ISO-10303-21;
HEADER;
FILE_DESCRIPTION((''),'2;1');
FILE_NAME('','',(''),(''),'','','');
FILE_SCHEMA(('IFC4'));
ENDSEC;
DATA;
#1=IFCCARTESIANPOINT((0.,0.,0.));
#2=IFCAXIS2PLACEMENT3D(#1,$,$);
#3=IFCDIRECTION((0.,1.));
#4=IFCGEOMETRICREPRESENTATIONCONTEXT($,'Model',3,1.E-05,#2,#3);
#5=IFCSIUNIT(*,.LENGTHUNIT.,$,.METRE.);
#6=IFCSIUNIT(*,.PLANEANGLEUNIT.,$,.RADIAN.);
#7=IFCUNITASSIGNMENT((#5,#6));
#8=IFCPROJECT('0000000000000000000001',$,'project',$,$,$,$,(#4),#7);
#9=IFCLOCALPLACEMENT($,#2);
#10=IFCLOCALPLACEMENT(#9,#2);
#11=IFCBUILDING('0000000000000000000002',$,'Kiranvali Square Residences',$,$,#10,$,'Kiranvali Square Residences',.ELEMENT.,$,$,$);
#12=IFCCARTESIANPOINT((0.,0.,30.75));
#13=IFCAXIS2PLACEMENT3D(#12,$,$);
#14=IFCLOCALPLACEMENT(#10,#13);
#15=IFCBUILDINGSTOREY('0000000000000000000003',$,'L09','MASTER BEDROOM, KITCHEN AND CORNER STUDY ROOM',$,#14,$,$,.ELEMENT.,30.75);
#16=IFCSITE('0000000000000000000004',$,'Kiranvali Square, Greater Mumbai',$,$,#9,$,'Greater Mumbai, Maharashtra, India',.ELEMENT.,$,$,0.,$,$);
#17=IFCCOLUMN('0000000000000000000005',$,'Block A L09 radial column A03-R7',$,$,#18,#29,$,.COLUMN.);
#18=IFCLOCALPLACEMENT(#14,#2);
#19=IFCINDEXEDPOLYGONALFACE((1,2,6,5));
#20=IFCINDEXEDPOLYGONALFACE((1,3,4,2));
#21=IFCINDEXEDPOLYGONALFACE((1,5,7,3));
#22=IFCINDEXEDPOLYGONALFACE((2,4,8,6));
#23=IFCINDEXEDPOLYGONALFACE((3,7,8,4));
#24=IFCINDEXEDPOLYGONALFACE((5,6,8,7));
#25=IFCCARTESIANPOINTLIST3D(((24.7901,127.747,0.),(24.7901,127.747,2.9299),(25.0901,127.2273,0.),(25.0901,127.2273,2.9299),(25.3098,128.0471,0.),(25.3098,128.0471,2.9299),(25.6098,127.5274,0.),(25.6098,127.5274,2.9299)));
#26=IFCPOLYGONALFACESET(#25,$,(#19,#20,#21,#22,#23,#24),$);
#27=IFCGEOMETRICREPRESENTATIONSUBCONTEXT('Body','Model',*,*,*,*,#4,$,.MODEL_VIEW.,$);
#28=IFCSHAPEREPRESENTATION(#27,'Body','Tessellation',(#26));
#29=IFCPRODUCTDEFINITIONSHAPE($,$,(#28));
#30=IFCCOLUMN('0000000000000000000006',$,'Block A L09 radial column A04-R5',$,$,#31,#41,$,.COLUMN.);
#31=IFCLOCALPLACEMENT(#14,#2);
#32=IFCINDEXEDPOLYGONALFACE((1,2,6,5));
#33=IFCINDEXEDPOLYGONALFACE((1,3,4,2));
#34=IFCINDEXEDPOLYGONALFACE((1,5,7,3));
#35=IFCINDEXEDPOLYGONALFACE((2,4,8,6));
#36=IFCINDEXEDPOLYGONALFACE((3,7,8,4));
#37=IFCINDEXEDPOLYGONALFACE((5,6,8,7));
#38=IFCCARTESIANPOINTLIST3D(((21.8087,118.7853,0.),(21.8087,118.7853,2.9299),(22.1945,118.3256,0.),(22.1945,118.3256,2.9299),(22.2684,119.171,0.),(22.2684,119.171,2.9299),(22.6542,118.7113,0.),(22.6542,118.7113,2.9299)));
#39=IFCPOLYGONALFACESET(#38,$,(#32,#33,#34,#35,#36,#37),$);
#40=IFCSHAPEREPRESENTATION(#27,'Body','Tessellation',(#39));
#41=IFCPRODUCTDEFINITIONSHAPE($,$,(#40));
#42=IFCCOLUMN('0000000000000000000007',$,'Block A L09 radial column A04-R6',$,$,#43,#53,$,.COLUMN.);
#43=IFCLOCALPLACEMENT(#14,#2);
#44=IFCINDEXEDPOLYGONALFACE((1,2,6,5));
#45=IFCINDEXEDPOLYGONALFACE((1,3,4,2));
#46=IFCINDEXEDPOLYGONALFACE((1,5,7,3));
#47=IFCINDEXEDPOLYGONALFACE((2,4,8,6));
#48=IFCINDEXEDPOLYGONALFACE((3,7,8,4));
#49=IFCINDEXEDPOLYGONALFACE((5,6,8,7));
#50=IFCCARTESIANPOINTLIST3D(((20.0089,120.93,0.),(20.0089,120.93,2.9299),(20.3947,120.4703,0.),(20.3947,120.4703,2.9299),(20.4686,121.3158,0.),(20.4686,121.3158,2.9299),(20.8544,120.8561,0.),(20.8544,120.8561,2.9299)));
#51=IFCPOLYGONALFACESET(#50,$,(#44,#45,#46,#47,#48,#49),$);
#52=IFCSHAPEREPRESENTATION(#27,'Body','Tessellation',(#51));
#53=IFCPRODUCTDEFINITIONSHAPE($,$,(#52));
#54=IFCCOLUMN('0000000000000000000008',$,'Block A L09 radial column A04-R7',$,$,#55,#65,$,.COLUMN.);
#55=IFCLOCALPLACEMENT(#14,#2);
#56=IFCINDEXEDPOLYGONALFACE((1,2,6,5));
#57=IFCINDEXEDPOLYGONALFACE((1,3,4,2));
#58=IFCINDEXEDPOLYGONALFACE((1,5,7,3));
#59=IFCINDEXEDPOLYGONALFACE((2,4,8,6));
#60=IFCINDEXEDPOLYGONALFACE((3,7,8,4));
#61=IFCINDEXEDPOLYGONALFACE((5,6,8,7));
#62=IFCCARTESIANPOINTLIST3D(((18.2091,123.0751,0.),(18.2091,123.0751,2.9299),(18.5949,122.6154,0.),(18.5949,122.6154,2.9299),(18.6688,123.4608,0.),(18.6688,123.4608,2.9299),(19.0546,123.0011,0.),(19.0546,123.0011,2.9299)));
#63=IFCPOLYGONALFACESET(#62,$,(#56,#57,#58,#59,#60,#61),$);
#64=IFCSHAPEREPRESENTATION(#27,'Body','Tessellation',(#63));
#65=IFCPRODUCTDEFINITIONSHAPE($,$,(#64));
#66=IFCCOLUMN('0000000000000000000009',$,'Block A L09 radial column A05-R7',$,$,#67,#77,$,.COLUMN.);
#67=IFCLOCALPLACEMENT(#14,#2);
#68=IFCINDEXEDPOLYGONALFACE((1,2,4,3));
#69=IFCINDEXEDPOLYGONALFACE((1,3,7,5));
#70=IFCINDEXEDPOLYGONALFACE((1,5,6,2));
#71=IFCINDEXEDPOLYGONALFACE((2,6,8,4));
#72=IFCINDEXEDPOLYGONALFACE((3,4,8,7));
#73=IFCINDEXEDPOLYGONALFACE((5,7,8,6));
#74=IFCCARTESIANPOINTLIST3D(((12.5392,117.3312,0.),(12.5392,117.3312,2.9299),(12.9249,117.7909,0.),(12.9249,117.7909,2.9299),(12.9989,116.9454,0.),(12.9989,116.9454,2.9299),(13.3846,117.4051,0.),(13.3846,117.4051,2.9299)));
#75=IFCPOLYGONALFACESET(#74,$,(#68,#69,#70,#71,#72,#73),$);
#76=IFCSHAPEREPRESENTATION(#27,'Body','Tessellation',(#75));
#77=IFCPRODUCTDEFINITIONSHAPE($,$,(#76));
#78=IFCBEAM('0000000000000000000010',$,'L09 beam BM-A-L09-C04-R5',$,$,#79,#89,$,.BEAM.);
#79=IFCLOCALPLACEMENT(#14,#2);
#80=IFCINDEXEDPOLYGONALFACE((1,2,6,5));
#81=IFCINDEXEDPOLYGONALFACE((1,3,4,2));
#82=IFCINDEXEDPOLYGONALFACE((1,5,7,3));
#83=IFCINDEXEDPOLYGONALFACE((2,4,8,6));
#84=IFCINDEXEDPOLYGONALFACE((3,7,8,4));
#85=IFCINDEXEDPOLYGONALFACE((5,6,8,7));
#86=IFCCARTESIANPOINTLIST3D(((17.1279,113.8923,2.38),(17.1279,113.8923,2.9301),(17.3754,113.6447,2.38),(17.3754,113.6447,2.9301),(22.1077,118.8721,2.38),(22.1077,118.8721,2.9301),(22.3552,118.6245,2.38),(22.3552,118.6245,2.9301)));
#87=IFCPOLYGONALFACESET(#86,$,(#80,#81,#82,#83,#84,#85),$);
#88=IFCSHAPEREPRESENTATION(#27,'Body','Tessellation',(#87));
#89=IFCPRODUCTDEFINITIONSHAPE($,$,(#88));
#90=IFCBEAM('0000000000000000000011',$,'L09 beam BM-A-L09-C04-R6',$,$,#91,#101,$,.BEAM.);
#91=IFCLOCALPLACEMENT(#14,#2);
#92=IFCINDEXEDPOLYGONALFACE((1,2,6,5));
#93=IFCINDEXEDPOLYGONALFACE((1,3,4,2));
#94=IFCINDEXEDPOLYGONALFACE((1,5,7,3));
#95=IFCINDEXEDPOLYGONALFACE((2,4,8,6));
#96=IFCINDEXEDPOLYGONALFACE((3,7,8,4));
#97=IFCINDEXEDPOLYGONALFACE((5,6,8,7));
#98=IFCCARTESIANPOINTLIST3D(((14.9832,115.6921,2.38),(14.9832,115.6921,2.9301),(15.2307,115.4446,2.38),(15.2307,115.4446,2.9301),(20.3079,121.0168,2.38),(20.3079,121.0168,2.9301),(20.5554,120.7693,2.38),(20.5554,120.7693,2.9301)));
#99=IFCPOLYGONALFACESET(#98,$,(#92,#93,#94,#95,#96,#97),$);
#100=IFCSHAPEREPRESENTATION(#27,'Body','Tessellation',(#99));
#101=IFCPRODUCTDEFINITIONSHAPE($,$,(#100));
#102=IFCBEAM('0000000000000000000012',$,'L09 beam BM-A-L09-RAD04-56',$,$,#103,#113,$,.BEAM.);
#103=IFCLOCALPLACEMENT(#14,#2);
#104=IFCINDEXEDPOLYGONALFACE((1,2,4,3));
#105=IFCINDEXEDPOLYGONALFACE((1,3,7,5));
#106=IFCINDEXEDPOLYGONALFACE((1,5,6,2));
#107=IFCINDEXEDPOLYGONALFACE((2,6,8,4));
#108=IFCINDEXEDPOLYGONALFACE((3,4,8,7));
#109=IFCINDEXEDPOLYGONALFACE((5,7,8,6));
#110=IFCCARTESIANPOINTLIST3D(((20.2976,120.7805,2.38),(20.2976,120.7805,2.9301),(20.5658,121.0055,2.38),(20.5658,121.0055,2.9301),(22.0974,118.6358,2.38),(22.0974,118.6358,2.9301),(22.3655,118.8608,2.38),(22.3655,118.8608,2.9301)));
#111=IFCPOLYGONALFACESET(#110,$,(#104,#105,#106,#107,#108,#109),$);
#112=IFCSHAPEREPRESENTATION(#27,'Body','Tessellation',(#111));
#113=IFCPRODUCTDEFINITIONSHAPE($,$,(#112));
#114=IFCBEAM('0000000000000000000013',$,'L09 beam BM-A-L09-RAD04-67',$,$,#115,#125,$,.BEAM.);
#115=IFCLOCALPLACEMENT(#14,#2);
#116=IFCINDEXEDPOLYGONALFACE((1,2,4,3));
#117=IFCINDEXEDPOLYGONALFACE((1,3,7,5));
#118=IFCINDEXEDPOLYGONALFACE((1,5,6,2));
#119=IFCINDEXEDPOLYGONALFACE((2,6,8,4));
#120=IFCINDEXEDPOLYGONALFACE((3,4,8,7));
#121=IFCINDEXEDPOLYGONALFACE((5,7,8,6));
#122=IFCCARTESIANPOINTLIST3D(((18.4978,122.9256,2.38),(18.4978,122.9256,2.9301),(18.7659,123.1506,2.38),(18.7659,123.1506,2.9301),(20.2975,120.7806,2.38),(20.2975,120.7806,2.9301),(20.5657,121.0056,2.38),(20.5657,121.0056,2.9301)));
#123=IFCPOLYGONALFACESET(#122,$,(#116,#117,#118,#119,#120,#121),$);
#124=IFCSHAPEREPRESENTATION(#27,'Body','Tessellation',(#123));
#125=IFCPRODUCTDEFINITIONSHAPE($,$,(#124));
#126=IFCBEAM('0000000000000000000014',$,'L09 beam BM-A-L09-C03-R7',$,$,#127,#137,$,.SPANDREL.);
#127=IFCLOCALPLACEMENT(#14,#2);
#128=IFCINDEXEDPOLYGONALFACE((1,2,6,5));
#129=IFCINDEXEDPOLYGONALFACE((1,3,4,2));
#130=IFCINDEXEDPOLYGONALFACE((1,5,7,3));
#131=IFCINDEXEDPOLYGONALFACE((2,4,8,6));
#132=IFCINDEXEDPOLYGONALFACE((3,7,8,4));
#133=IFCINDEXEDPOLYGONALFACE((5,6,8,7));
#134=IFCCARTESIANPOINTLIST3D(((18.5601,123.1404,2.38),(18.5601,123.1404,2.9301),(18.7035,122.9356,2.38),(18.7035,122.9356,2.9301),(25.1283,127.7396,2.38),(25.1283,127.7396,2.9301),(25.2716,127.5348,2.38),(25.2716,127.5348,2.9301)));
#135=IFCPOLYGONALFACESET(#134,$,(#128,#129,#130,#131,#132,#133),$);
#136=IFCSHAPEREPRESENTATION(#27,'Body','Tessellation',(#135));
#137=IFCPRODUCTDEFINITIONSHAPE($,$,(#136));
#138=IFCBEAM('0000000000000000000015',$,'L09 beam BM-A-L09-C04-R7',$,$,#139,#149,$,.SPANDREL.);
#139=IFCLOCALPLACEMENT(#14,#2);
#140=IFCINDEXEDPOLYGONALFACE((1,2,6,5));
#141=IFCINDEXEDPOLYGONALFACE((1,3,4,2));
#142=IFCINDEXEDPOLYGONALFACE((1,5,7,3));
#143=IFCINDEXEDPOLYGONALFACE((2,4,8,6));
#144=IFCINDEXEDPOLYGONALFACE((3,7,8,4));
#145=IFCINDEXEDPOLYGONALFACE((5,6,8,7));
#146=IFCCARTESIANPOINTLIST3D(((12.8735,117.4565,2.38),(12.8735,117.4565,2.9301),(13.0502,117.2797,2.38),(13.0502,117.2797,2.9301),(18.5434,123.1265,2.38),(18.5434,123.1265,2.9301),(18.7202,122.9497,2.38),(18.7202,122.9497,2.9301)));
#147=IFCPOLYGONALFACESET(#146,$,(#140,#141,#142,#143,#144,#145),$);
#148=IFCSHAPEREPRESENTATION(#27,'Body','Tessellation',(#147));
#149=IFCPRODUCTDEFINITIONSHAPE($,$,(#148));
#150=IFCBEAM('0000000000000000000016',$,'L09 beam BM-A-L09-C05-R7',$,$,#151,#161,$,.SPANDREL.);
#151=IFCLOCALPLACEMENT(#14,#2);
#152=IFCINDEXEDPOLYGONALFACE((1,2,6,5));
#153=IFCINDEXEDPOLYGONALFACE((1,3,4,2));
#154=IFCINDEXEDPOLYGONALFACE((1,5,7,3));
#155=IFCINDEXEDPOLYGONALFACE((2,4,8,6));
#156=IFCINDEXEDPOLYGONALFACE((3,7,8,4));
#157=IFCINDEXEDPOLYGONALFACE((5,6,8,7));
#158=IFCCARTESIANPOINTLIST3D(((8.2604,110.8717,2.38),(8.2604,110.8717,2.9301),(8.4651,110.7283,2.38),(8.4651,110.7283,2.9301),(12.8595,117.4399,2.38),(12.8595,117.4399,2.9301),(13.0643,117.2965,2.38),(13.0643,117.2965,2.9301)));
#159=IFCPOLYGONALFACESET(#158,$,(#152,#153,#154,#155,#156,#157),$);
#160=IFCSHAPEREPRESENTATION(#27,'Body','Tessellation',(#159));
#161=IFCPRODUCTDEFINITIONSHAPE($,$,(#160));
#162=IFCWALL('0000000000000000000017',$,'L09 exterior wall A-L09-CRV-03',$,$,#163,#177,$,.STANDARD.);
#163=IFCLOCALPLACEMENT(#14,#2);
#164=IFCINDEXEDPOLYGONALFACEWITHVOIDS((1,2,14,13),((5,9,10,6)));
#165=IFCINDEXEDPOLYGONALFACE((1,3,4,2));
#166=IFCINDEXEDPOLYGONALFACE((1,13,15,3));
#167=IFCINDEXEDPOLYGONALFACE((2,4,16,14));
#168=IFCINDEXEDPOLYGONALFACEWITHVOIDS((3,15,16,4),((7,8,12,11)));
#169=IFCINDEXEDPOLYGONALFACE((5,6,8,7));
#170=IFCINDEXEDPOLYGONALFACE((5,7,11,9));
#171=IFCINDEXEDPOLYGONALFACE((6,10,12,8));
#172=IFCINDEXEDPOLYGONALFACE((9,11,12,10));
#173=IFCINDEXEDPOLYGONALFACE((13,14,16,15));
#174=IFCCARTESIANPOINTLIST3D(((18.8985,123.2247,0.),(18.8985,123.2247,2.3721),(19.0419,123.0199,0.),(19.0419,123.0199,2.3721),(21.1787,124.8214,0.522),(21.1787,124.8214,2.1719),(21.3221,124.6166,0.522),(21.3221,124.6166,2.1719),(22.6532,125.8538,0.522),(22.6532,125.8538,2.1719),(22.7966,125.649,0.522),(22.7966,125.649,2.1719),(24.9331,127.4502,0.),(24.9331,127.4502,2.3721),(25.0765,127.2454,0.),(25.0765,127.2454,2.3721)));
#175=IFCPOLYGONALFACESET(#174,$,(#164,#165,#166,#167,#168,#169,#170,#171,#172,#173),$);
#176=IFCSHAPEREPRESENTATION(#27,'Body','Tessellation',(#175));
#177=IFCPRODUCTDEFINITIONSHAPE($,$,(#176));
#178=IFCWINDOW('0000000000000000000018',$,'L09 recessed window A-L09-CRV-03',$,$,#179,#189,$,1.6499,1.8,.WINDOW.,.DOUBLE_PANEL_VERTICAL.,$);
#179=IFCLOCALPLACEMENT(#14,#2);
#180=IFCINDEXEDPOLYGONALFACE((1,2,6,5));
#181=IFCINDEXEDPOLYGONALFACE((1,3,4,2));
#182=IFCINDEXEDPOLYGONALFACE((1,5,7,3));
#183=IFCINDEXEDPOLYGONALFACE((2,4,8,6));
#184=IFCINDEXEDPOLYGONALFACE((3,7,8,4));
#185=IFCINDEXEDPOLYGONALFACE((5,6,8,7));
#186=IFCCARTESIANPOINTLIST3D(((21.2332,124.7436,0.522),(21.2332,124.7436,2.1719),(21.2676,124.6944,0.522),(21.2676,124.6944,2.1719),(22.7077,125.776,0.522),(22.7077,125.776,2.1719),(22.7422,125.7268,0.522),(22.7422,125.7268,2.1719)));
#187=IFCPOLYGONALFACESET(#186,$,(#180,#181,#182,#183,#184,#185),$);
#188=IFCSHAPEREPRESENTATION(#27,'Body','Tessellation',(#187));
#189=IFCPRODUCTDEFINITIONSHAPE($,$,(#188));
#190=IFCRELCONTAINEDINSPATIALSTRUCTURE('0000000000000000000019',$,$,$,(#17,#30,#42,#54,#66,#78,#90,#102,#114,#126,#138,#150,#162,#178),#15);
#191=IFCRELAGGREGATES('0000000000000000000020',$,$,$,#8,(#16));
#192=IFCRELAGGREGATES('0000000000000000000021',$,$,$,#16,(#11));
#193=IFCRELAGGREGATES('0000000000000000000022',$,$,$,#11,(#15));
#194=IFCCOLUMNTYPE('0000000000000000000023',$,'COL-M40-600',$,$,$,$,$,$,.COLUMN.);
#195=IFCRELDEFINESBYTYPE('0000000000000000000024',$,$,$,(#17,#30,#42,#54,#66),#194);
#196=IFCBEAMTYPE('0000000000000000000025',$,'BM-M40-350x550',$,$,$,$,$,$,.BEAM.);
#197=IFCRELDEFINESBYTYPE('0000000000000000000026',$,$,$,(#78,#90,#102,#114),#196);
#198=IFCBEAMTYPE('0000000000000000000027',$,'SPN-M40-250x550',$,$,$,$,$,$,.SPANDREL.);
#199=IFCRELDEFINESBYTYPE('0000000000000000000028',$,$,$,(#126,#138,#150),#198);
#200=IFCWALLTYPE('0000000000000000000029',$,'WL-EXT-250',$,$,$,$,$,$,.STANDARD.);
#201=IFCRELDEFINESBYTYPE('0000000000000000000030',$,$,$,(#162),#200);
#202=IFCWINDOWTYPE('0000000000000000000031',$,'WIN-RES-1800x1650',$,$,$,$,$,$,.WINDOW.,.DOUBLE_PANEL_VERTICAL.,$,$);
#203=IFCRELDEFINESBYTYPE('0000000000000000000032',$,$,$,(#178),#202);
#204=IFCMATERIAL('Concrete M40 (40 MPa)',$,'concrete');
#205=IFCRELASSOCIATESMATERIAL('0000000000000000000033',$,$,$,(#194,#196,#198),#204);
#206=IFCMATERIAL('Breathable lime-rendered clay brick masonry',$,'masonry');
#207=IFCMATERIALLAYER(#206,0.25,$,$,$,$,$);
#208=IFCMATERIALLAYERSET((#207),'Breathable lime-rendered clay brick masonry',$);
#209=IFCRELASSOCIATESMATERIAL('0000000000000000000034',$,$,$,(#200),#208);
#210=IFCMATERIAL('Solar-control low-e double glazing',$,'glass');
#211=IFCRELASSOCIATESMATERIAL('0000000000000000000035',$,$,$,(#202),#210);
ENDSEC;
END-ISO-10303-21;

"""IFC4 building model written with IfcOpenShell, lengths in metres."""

from ifc_helpers import new_model, si_unit, direction, frame, frame_2d, origin, origin_2d, place, context, subcontext, project, spatial, rectangle, extrude, material, layer, layer_set, material_profile, profile_set, type_object, element, fill, save


model = new_model("IFC4")

# Units and contexts
model_context = context("Model", 3, precision=1e-05, world=origin(), true_north=direction((0.0, 1.0)))
body_context = subcontext(model_context, "Body", "Model", "MODEL_VIEW")
ifc_project = project(units=[si_unit("LENGTHUNIT", "METRE"), si_unit("PLANEANGLEUNIT", "RADIAN")], contexts=[model_context])

# Site, building, storey
site_placement = place(None, origin())
site = spatial("IfcSite", under=ifc_project, at=site_placement, Name="Kiranvali Square, Greater Mumbai", LongName="Greater Mumbai, Maharashtra, India", CompositionType="ELEMENT", RefElevation=0.0)
building_placement = place(site_placement, origin())
building = spatial("IfcBuilding", under=site, at=building_placement, Name="Kiranvali Square Residences", LongName="Kiranvali Square Residences", CompositionType="ELEMENT")
storey_placement = place(building_placement, frame((0.0, 0.0, 30.75)))
storey = spatial("IfcBuildingStorey", under=building, at=storey_placement, Name="L09", Description="MASTER BEDROOM, KITCHEN AND CORNER STUDY ROOM", CompositionType="ELEMENT", Elevation=30.75)

# Columns
ifc_material_1 = material(Name="Concrete M40 (40 MPa)", Category="concrete")
ifc_material_profile_1 = material_profile(ifc_material_1, rectangle(XDim=0.6001, YDim=0.6001, at=origin_2d()), Name="RC 600x600")
ifc_profile_set_1 = profile_set([ifc_material_profile_1], Name="Concrete M40 (40 MPa)")
column_type = type_object("IfcColumnType", Name="COL-M40-600", PredefinedType="COLUMN", material=ifc_profile_set_1)
for number, where, z_axis, x_axis, name in (
    (1, (25.2, 127.6372, 0.0), (0.0, 0.0, 1.0), (0.866025, 0.5, 0.0), "Block A L09 radial column A03-R7"),
    (2, (22.2314, 118.7483, 0.0), (0.0, 0.0, 1.0), (0.766044, 0.642788, 0.0), "Block A L09 radial column A04-R5"),
    (3, (20.4316, 120.8931, 0.0), (0.0, 0.0, 1.0), (0.766044, 0.642788, 0.0), "Block A L09 radial column A04-R6"),
    (4, (18.6318, 123.0381, 0.0), (0.0, 0.0, 1.0), (0.766044, 0.642788, 0.0), "Block A L09 radial column A04-R7"),
    (5, (12.9619, 117.3682, 0.0), (0.0, 0.0, 1.0), (0.642788, 0.766044, 0.0), "Block A L09 radial column A05-R7"),
):
    element("IfcColumn", number, at=place(storey_placement, frame(where, z_axis=z_axis, x_axis=x_axis)), inside=storey, type_object=column_type, Name=name, PredefinedType="COLUMN", context=body_context, shape_type="SweptSolid", body=[
        extrude(rectangle(XDim=0.6001, YDim=0.6001, at=origin_2d()), origin(), (0.0, 0.0, 1.0), 2.9299),
    ])

# Beams
ifc_material_profile_2 = material_profile(ifc_material_1, rectangle(XDim=0.3501, YDim=0.55, at=origin_2d()), Name="RC 350x550")
ifc_profile_set_2 = profile_set([ifc_material_profile_2], Name="Concrete M40 (40 MPa)")
beam_type_1 = type_object("IfcBeamType", Name="BM-M40-350x550", PredefinedType="BEAM", material=ifc_profile_set_2)
beam_1_placement = place(storey_placement, frame((22.2314, 118.7483, 2.655), z_axis=(-0.707107, -0.707107, 0.0), x_axis=(0.707107, -0.707107, 0.0)))
element("IfcBeam", 6, at=beam_1_placement, inside=storey, type_object=beam_type_1, Name="L09 beam BM-A-L09-C04-R5", PredefinedType="BEAM", context=body_context, shape_type="SweptSolid", body=[
    extrude(rectangle(XDim=0.3501, YDim=0.55, at=origin_2d()), origin(), (0.0, 0.0, 1.0), 7.0425),
])
beam_2_placement = place(storey_placement, frame((20.4316, 120.8931, 2.655), z_axis=(-0.707107, -0.707107, 0.0), x_axis=(0.707107, -0.707107, 0.0)))
element("IfcBeam", 7, at=beam_2_placement, inside=storey, type_object=beam_type_1, Name="L09 beam BM-A-L09-C04-R6", PredefinedType="BEAM", context=body_context, shape_type="SweptSolid", body=[
    extrude(rectangle(XDim=0.3501, YDim=0.55, at=origin_2d()), origin(), (0.0, 0.0, 1.0), 7.5303),
])
beam_3_placement = place(storey_placement, frame((22.2314, 118.7483, 2.655), z_axis=(-0.642814, 0.766023, 0.0), x_axis=(-0.766023, -0.642814, 0.0)))
element("IfcBeam", 8, at=beam_3_placement, inside=storey, type_object=beam_type_1, Name="L09 beam BM-A-L09-RAD04-56", PredefinedType="BEAM", context=body_context, shape_type="SweptSolid", body=[
    extrude(rectangle(XDim=0.3501, YDim=0.55, at=origin_2d()), origin(), (0.0, 0.0, 1.0), 2.7998),
])
beam_4_placement = place(storey_placement, frame((20.4316, 120.8931, 2.655), z_axis=(-0.642771, 0.766059, 0.0), x_axis=(-0.766059, -0.642771, 0.0)))
element("IfcBeam", 9, at=beam_4_placement, inside=storey, type_object=beam_type_1, Name="L09 beam BM-A-L09-RAD04-67", PredefinedType="BEAM", context=body_context, shape_type="SweptSolid", body=[
    extrude(rectangle(XDim=0.3501, YDim=0.55, at=origin_2d()), origin(), (0.0, 0.0, 1.0), 2.8),
])
ifc_material_profile_3 = material_profile(ifc_material_1, rectangle(XDim=0.25, YDim=0.55, at=origin_2d()), Name="RC 250x550")
ifc_profile_set_3 = profile_set([ifc_material_profile_3], Name="Concrete M40 (40 MPa)")
beam_type_2 = type_object("IfcBeamType", Name="SPN-M40-250x550", PredefinedType="SPANDREL", material=ifc_profile_set_3)
beam_5_placement = place(storey_placement, frame((25.2, 127.6372, 2.655), z_axis=(-0.819148, -0.573583, 0.0), x_axis=(0.573583, -0.819148, 0.0)))
element("IfcBeam", 10, at=beam_5_placement, inside=storey, type_object=beam_type_2, Name="L09 beam BM-A-L09-C03-R7", PredefinedType="SPANDREL", context=body_context, shape_type="SweptSolid", body=[
    extrude(rectangle(XDim=0.25, YDim=0.55, at=origin_2d()), origin(), (0.0, 0.0, 1.0), 8.0183),
])
beam_6_placement = place(storey_placement, frame((18.6318, 123.0381, 2.655), z_axis=(-0.707107, -0.707107, 0.0), x_axis=(0.707107, -0.707107, 0.0)))
element("IfcBeam", 11, at=beam_6_placement, inside=storey, type_object=beam_type_2, Name="L09 beam BM-A-L09-C04-R7", PredefinedType="SPANDREL", context=body_context, shape_type="SweptSolid", body=[
    extrude(rectangle(XDim=0.25, YDim=0.55, at=origin_2d()), origin(), (0.0, 0.0, 1.0), 8.0186),
])
beam_7_placement = place(storey_placement, frame((12.9619, 117.3682, 2.655), z_axis=(-0.573583, -0.819148, 0.0), x_axis=(0.819148, -0.573583, 0.0)))
element("IfcBeam", 12, at=beam_7_placement, inside=storey, type_object=beam_type_2, Name="L09 beam BM-A-L09-C05-R7", PredefinedType="SPANDREL", context=body_context, shape_type="SweptSolid", body=[
    extrude(rectangle(XDim=0.25, YDim=0.55, at=origin_2d()), origin(), (0.0, 0.0, 1.0), 8.0183),
])

# Wall, opening, window
ifc_material_2 = material(Name="Breathable lime-rendered clay brick masonry", Category="masonry")
ifc_layer_1 = layer(ifc_material_2, 0.25)
ifc_layer_set_1 = layer_set([ifc_layer_1], Name="Breathable lime-rendered clay brick masonry")
wall_type_1 = type_object("IfcWallType", Name="WL-EXT-250", PredefinedType="STANDARD", material=ifc_layer_set_1)
wall_1_placement = place(storey_placement, frame((25.0049, 127.3479, 0.0), z_axis=(0.0, 0.0, 1.0), x_axis=(-0.819148, -0.573582, 0.0)))
wall_1 = element("IfcWall", 13, at=wall_1_placement, inside=storey, type_object=wall_type_1, Name="L09 exterior wall A-L09-CRV-03", PredefinedType="STANDARD", context=body_context, shape_type="SweptSolid", body=[
    extrude(rectangle(XDim=7.3669, YDim=0.25, at=frame_2d((3.6836, 0.0))), origin(), (0.0, 0.0, 1.0), 2.3721),
])
opening_1_placement = place(wall_1_placement, frame((2.7834, 0.0, 0.522)))
opening_1 = element("IfcOpeningElement", 14, at=opening_1_placement, cuts=wall_1, PredefinedType="OPENING", context=body_context, shape_type="SweptSolid", body=[
    extrude(rectangle(XDim=1.8, YDim=1.6499, at=frame_2d((0.8999, 0.825))), frame((0.0, 0.135, 0.0), z_axis=(0.0, -1.0, 0.0), x_axis=(1.0, 0.0, 0.0)), (0.0, 0.0, 1.0), 0.27),
])
ifc_material_3 = material(Name="Solar-control low-e double glazing", Category="glass")
window_type_1 = type_object("IfcWindowType", Name="WIN-RES-1800x1650", PartitioningType="DOUBLE_PANEL_VERTICAL", PredefinedType="WINDOW", material=ifc_material_3)
window_1_placement = place(opening_1_placement, origin())
window_1 = element("IfcWindow", 15, at=window_1_placement, inside=storey, type_object=window_type_1, Name="L09 recessed window A-L09-CRV-03", OverallHeight=1.6499, OverallWidth=1.8, PartitioningType="DOUBLE_PANEL_VERTICAL", PredefinedType="WINDOW", context=body_context, shape_type="SweptSolid", body=[
    extrude(rectangle(XDim=1.8, YDim=1.6499, at=frame_2d((0.8999, 0.825))), frame((0.0, 0.03, 0.0), z_axis=(0.0, -1.0, 0.0), x_axis=(1.0, 0.0, 0.0)), (0.0, 0.0, 1.0), 0.0601),
])
fill(opening_1, window_1)

save(model, "model.ifc")
